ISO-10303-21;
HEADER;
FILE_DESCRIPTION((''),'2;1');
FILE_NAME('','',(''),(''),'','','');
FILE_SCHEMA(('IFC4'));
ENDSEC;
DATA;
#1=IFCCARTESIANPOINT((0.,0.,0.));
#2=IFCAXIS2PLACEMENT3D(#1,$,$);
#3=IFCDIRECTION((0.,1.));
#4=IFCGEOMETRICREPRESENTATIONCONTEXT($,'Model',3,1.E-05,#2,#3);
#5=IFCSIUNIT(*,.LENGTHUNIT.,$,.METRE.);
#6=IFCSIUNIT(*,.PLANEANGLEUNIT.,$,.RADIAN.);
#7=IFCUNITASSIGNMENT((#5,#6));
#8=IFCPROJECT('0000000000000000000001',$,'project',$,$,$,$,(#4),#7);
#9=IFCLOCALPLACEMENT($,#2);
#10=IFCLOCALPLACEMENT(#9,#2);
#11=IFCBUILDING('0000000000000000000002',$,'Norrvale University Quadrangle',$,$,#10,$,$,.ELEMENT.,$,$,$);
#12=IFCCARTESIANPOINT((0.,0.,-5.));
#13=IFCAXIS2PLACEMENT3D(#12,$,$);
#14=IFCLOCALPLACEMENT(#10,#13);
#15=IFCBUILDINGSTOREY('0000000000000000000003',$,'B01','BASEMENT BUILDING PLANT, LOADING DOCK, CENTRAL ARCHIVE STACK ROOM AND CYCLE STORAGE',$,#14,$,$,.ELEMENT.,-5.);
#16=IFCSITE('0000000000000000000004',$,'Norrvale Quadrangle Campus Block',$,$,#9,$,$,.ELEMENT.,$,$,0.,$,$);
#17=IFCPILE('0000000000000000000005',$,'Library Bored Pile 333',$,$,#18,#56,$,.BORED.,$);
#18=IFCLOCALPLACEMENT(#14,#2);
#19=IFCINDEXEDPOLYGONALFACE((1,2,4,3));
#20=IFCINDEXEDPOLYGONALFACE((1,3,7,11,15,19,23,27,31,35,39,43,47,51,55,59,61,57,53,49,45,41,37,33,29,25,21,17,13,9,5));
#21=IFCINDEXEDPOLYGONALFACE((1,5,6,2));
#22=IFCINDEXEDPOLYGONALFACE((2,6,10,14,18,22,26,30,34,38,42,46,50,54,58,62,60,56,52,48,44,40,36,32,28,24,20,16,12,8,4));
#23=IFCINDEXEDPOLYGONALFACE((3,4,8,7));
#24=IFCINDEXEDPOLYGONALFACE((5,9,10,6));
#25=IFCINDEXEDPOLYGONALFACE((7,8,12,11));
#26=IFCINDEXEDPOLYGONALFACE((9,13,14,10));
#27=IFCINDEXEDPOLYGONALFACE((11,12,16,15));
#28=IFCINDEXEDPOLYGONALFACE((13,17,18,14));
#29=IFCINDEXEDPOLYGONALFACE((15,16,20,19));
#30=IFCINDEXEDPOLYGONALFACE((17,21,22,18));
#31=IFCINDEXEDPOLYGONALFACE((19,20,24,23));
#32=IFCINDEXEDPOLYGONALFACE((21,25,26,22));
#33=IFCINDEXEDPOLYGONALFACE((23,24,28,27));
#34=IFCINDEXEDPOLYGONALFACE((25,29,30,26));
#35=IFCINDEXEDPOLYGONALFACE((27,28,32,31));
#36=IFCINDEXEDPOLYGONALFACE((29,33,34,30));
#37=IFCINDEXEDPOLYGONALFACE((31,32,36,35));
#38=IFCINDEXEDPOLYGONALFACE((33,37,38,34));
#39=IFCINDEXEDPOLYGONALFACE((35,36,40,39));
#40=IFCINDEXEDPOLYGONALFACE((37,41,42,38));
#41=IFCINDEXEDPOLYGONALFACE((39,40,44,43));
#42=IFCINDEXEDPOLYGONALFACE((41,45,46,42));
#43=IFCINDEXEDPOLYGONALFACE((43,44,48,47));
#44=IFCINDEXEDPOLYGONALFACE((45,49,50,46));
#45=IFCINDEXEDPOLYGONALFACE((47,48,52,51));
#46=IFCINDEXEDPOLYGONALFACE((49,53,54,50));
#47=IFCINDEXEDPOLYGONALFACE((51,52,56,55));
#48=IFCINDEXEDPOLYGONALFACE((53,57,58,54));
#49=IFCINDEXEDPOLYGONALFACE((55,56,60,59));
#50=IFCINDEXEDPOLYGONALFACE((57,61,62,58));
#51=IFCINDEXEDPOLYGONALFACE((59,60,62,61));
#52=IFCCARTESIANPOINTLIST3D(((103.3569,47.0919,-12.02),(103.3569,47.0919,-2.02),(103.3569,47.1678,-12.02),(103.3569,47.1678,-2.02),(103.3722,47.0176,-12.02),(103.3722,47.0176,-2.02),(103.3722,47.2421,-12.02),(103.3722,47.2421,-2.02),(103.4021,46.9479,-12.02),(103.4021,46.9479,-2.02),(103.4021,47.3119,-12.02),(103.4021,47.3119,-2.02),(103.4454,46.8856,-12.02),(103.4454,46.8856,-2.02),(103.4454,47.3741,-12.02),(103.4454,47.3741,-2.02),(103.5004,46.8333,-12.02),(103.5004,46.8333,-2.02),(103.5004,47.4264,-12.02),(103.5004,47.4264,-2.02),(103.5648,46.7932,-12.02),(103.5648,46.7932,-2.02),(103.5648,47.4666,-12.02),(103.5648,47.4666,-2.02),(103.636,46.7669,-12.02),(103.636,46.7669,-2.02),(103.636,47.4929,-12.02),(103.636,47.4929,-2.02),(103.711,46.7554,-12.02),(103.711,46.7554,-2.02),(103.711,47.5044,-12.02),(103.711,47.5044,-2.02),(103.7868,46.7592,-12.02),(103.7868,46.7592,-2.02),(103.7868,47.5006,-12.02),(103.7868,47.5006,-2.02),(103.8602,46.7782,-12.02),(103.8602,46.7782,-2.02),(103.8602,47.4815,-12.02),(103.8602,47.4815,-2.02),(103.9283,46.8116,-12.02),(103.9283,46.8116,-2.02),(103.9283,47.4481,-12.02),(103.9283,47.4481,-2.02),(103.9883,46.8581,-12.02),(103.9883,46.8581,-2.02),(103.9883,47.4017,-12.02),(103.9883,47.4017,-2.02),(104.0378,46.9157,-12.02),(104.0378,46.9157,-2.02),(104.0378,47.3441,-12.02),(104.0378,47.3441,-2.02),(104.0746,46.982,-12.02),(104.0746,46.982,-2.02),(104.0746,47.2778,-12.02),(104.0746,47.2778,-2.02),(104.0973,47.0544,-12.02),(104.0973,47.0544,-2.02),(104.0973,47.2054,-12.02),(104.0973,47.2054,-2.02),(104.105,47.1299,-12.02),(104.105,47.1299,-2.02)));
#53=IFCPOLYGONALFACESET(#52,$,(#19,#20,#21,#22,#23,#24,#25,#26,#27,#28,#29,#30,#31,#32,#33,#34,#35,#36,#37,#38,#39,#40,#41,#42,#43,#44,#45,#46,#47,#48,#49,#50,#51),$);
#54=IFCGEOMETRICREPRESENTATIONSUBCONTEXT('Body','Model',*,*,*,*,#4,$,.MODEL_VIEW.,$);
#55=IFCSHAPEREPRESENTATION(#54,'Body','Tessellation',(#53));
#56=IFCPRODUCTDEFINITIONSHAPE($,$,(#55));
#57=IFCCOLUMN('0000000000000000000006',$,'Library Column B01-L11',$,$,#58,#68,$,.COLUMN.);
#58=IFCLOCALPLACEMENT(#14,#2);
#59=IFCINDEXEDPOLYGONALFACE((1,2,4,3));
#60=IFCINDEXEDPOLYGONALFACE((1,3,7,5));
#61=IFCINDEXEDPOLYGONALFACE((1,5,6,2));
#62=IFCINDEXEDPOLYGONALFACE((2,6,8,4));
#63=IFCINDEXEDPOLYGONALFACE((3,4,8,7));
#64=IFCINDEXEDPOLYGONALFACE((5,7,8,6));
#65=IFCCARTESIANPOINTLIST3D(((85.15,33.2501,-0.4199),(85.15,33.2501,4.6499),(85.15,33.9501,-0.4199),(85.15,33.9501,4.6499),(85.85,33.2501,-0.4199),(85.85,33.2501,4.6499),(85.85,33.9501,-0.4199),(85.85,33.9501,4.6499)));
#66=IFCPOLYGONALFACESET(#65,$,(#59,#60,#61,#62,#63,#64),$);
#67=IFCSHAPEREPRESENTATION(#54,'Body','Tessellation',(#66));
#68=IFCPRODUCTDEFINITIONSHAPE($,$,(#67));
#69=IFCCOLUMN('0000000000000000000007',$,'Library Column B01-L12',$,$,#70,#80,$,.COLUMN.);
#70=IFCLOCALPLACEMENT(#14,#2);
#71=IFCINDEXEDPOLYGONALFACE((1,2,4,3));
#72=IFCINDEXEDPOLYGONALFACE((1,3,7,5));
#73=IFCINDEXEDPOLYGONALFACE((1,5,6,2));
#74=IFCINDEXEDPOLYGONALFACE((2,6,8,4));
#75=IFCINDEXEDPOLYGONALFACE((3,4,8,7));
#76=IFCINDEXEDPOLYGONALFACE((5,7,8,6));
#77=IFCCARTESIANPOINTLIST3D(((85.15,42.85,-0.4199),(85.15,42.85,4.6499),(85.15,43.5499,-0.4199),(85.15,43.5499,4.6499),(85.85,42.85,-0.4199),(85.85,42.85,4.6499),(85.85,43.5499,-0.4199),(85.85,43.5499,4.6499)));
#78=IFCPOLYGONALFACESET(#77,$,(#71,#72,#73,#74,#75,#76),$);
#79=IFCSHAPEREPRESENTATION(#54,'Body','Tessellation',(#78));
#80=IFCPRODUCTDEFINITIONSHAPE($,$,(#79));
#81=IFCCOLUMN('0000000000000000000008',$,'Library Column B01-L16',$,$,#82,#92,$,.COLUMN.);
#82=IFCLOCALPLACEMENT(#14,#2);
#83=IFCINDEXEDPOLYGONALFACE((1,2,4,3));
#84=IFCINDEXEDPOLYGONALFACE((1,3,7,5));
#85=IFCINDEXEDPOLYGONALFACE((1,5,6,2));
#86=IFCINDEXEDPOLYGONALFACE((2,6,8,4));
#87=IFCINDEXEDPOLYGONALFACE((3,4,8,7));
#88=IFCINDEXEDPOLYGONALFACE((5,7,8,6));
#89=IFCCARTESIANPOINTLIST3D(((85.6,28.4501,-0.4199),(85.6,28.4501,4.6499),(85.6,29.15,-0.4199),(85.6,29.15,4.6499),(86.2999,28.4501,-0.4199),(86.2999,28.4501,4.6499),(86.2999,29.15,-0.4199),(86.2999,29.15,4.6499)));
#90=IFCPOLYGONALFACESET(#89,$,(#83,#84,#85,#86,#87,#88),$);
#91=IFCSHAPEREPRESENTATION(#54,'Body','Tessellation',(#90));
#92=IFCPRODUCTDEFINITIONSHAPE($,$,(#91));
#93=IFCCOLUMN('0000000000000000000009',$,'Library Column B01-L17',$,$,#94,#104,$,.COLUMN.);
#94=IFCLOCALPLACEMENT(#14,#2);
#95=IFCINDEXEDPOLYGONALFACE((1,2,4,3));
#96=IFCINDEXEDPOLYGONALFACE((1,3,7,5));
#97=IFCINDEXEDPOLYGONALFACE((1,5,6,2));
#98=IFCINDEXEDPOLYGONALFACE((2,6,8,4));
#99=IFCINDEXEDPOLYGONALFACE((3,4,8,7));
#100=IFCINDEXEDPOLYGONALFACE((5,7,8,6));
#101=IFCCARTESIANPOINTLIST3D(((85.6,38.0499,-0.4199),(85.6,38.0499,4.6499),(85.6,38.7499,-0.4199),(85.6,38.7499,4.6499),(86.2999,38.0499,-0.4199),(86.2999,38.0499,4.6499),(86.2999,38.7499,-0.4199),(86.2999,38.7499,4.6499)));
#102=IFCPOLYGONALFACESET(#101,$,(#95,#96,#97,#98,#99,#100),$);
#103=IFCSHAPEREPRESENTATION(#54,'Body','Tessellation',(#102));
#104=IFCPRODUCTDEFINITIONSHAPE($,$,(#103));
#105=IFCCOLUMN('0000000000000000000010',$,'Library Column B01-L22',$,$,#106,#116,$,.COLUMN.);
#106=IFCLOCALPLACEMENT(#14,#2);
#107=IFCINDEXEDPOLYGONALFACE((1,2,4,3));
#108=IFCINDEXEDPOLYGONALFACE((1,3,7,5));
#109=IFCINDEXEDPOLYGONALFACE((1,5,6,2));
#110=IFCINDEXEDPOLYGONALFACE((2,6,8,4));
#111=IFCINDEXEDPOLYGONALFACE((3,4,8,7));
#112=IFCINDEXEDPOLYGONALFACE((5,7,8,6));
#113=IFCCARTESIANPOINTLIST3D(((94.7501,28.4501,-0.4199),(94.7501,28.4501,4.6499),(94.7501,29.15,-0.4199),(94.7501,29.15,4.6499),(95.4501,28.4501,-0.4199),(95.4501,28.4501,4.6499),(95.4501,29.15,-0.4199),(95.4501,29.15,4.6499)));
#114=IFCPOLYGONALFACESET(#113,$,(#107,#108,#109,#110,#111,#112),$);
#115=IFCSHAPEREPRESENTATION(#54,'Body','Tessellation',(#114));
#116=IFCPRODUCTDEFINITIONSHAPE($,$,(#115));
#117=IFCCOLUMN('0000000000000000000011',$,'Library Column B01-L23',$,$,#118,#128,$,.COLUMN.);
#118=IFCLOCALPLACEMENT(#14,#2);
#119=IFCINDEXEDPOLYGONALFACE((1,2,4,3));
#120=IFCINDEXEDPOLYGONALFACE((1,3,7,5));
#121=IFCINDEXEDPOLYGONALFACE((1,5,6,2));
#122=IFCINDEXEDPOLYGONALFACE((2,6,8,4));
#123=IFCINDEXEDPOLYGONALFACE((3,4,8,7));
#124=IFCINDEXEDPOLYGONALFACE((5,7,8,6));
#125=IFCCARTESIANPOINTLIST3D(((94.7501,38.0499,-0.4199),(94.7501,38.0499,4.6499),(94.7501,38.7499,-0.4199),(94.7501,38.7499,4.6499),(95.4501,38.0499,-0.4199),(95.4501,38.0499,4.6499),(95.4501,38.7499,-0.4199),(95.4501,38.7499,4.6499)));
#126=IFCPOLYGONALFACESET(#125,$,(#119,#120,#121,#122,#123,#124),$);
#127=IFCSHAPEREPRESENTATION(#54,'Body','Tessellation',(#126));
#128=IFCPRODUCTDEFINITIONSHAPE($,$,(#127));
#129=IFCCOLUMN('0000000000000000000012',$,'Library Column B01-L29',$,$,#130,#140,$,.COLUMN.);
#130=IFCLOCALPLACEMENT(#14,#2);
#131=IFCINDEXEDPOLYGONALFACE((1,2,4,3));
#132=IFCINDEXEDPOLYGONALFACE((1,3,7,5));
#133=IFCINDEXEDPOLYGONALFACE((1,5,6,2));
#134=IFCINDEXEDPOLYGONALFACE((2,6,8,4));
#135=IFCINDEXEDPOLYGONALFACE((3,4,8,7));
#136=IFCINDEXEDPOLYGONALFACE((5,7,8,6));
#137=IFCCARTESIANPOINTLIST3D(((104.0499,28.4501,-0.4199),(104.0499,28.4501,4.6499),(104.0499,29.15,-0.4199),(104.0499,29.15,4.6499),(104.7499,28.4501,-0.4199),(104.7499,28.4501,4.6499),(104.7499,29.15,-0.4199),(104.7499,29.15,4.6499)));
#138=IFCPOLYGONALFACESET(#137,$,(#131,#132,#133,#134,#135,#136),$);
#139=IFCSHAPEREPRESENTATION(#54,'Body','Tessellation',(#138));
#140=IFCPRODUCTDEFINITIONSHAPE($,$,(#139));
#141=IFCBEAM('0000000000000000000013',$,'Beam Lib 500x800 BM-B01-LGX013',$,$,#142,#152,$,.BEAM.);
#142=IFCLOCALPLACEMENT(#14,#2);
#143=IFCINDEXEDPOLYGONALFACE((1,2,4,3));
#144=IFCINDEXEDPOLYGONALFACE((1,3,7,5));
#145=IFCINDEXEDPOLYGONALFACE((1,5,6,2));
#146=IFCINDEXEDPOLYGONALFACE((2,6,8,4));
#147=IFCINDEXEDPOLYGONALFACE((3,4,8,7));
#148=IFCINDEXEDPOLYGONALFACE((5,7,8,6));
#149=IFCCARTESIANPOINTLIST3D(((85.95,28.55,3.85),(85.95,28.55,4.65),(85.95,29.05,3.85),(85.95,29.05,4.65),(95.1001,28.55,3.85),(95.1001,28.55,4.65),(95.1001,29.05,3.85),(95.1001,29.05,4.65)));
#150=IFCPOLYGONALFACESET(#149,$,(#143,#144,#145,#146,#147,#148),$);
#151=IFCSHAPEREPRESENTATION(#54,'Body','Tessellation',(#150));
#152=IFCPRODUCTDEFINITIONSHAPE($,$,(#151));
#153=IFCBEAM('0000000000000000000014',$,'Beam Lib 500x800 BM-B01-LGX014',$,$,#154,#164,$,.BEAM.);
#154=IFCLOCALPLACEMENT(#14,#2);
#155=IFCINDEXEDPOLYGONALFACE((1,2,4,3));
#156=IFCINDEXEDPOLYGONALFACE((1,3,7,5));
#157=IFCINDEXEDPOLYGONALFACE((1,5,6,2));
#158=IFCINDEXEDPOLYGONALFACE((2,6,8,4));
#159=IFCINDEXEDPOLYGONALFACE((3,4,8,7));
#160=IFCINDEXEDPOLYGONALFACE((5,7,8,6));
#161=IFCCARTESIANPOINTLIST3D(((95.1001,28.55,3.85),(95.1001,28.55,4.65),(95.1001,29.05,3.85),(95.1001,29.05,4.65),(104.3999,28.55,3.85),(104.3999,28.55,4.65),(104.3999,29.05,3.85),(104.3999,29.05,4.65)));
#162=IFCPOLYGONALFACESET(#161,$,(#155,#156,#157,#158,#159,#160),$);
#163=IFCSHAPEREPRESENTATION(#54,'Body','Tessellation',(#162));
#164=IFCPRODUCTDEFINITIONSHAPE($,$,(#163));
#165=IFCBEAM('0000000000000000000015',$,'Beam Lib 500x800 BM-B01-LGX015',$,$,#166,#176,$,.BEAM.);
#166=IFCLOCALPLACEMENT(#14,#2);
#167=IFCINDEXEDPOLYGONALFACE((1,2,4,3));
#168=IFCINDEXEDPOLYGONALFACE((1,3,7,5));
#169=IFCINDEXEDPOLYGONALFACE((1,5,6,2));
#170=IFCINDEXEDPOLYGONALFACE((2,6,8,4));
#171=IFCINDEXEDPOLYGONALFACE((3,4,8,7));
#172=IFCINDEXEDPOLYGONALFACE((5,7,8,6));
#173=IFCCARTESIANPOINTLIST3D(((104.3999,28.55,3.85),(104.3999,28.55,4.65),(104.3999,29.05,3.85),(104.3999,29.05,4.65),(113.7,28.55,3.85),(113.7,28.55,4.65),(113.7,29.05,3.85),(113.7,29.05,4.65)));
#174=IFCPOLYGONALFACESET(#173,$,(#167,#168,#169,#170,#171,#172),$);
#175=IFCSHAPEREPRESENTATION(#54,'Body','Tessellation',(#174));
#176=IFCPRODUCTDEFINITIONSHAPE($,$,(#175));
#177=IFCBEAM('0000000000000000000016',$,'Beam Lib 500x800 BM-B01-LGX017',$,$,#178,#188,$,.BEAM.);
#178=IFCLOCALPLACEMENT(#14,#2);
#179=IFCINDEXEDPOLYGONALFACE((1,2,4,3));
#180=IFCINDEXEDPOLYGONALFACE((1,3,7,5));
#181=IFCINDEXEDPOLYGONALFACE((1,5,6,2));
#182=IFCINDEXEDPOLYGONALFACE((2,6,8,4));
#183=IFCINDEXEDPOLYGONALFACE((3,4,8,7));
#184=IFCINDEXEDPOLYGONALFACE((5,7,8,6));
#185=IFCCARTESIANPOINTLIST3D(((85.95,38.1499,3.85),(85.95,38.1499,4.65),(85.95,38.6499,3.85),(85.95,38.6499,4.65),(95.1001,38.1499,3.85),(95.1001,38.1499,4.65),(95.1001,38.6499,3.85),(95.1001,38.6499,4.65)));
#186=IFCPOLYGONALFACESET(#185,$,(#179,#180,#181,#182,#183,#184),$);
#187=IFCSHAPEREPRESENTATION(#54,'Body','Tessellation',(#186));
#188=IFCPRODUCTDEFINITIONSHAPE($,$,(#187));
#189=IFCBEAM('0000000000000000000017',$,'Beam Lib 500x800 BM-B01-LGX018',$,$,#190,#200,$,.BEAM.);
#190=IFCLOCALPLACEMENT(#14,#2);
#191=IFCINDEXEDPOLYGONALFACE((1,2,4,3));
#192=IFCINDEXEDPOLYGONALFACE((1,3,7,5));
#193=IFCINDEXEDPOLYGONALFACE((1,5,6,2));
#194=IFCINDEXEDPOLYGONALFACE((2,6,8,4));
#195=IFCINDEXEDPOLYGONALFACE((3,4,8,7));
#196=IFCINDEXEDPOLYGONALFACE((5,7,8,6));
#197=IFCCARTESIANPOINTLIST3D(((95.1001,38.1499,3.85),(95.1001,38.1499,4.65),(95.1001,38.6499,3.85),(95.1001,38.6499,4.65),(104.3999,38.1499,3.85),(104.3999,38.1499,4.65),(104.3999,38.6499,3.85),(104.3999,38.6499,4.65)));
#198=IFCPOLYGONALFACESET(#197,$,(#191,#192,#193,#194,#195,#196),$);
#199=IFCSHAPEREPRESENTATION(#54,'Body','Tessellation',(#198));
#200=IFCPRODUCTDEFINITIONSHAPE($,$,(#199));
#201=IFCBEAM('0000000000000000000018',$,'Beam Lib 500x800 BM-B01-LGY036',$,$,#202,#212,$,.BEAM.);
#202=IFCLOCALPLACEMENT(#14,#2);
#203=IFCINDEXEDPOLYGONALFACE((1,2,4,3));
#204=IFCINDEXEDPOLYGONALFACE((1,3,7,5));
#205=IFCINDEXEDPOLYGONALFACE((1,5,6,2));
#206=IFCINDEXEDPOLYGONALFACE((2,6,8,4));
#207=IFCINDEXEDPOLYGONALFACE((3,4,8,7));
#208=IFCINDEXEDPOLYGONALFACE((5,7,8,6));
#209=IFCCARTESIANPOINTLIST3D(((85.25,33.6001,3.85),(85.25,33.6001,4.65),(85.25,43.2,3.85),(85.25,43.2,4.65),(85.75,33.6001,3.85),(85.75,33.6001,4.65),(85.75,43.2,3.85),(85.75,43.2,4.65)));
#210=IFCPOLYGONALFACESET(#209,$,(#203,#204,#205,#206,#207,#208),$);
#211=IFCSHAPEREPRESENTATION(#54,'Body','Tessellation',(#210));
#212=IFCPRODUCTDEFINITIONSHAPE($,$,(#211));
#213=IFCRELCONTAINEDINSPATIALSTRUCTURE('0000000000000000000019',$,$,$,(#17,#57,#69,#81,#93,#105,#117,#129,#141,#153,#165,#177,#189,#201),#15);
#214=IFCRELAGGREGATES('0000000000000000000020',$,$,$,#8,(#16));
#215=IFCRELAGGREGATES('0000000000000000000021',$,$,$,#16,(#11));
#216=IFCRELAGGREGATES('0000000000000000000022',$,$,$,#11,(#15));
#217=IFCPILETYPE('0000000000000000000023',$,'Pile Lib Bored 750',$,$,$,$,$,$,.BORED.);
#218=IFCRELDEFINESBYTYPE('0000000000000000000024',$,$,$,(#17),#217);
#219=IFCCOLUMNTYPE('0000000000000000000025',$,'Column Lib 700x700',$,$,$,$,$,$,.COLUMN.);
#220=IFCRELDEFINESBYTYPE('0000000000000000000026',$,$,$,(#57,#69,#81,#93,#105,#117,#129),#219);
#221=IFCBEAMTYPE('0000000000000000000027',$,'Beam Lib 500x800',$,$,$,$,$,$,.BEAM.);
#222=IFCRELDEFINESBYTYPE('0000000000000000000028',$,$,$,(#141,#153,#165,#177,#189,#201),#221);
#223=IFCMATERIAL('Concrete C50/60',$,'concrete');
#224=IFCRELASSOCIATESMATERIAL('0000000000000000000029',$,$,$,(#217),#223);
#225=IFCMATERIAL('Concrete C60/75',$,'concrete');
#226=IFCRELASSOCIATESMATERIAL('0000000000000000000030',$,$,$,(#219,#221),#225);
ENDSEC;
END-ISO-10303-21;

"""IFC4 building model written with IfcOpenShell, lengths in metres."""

from ifc_helpers import new_model, si_unit, direction, frame, origin, origin_2d, place, context, subcontext, project, spatial, rectangle, circle, extrude, material, material_profile, profile_set, type_object, element, save


model = new_model("IFC4")

# Units and contexts
model_context = context("Model", 3, precision=1e-05, world=origin(), true_north=direction((0.0, 1.0)))
body_context = subcontext(model_context, "Body", "Model", "MODEL_VIEW")
ifc_project = project(units=[si_unit("LENGTHUNIT", "METRE"), si_unit("PLANEANGLEUNIT", "RADIAN")], contexts=[model_context])

# Site, building, storey
site_placement = place(None, origin())
site = spatial("IfcSite", under=ifc_project, at=site_placement, Name="Norrvale Quadrangle Campus Block", CompositionType="ELEMENT", RefElevation=0.0)
building_placement = place(site_placement, origin())
building = spatial("IfcBuilding", under=site, at=building_placement, Name="Norrvale University Quadrangle", CompositionType="ELEMENT")
storey_placement = place(building_placement, frame((0.0, 0.0, -5.0)))
storey = spatial("IfcBuildingStorey", under=building, at=storey_placement, Name="B01", Description="BASEMENT BUILDING PLANT, LOADING DOCK, CENTRAL ARCHIVE STACK ROOM AND CYCLE STORAGE", CompositionType="ELEMENT", Elevation=-5.0)

# Shared definitions
ifc_material_1 = material(Name="Concrete C50/60", Category="concrete")

# Pile
ifc_material_profile_1 = material_profile(ifc_material_1, circle(Radius=0.375, at=origin_2d()), Name="Concrete C50/60")
ifc_profile_set_1 = profile_set([ifc_material_profile_1], Name="Concrete C50/60")
pile_type = type_object("IfcPileType", Name="Pile Lib Bored 750", PredefinedType="BORED", material=ifc_profile_set_1)
for number, where, z_axis, x_axis, name in (
    (1, (103.73, 47.1299, -2.02), (0.0, 0.0, -1.0), (1.0, 0.0, 0.0), "Library Bored Pile 333"),
):
    element("IfcPile", number, at=place(storey_placement, frame(where, z_axis=z_axis, x_axis=x_axis)), inside=storey, type_object=pile_type, Name=name, PredefinedType="BORED", context=body_context, shape_type="SweptSolid", body=[
        extrude(circle(Radius=0.375, at=origin_2d()), origin(), (0.0, 0.0, 1.0), 10.0),
    ])

# Columns
ifc_material_2 = material(Name="Concrete C60/75", Category="concrete")
ifc_material_profile_2 = material_profile(ifc_material_2, rectangle(XDim=0.7, YDim=0.7, at=origin_2d()), Name="Concrete C60/75")
ifc_profile_set_2 = profile_set([ifc_material_profile_2], Name="Concrete C60/75")
column_type = type_object("IfcColumnType", Name="Column Lib 700x700", PredefinedType="COLUMN", material=ifc_profile_set_2)
for number, where, z_axis, x_axis, name in (
    (2, (85.5, 33.6001, -0.4199), (0.0, 0.0, 1.0), (1.0, 0.0, 0.0), "Library Column B01-L11"),
    (3, (85.5, 43.2, -0.4199), (0.0, 0.0, 1.0), (1.0, 0.0, 0.0), "Library Column B01-L12"),
    (4, (85.95, 28.8, -0.4199), (0.0, 0.0, 1.0), (1.0, 0.0, 0.0), "Library Column B01-L16"),
    (5, (85.95, 38.3999, -0.4199), (0.0, 0.0, 1.0), (1.0, 0.0, 0.0), "Library Column B01-L17"),
    (6, (95.1001, 28.8, -0.4199), (0.0, 0.0, 1.0), (1.0, 0.0, 0.0), "Library Column B01-L22"),
    (7, (95.1001, 38.3999, -0.4199), (0.0, 0.0, 1.0), (1.0, 0.0, 0.0), "Library Column B01-L23"),
    (8, (104.3999, 28.8, -0.4199), (0.0, 0.0, 1.0), (1.0, 0.0, 0.0), "Library Column B01-L29"),
):
    element("IfcColumn", number, at=place(storey_placement, frame(where, z_axis=z_axis, x_axis=x_axis)), inside=storey, type_object=column_type, Name=name, PredefinedType="COLUMN", context=body_context, shape_type="SweptSolid", body=[
        extrude(rectangle(XDim=0.7, YDim=0.7, at=origin_2d()), origin(), (0.0, 0.0, 1.0), 5.0698),
    ])

# Beams
ifc_material_profile_3 = material_profile(ifc_material_2, rectangle(XDim=0.5, YDim=0.8, at=origin_2d()), Name="Concrete C60/75")
ifc_profile_set_3 = profile_set([ifc_material_profile_3], Name="Concrete C60/75")
beam_type = type_object("IfcBeamType", Name="Beam Lib 500x800", PredefinedType="BEAM", material=ifc_profile_set_3)
beam_1_placement = place(storey_placement, frame((85.95, 28.8, 4.25), z_axis=(1.0, 0.0, 0.0), x_axis=(0.0, 1.0, 0.0)))
element("IfcBeam", 9, at=beam_1_placement, inside=storey, type_object=beam_type, Name="Beam Lib 500x800 BM-B01-LGX013", PredefinedType="BEAM", context=body_context, shape_type="SweptSolid", body=[
    extrude(rectangle(XDim=0.5, YDim=0.8, at=origin_2d()), origin(), (0.0, 0.0, 1.0), 9.1501),
])
beam_2_placement = place(storey_placement, frame((95.1001, 28.8, 4.25), z_axis=(1.0, 0.0, 0.0), x_axis=(0.0, 1.0, 0.0)))
element("IfcBeam", 10, at=beam_2_placement, inside=storey, type_object=beam_type, Name="Beam Lib 500x800 BM-B01-LGX014", PredefinedType="BEAM", context=body_context, shape_type="SweptSolid", body=[
    extrude(rectangle(XDim=0.5, YDim=0.8, at=origin_2d()), origin(), (0.0, 0.0, 1.0), 9.2998),
])
beam_3_placement = place(storey_placement, frame((104.3999, 28.8, 4.25), z_axis=(1.0, 0.0, 0.0), x_axis=(0.0, 1.0, 0.0)))
element("IfcBeam", 11, at=beam_3_placement, inside=storey, type_object=beam_type, Name="Beam Lib 500x800 BM-B01-LGX015", PredefinedType="BEAM", context=body_context, shape_type="SweptSolid", body=[
    extrude(rectangle(XDim=0.5, YDim=0.8, at=origin_2d()), origin(), (0.0, 0.0, 1.0), 9.3),
])
beam_4_placement = place(storey_placement, frame((85.95, 38.3999, 4.25), z_axis=(1.0, 0.0, 0.0), x_axis=(0.0, 1.0, 0.0)))
element("IfcBeam", 12, at=beam_4_placement, inside=storey, type_object=beam_type, Name="Beam Lib 500x800 BM-B01-LGX017", PredefinedType="BEAM", context=body_context, shape_type="SweptSolid", body=[
    extrude(rectangle(XDim=0.5, YDim=0.8, at=origin_2d()), origin(), (0.0, 0.0, 1.0), 9.1501),
])
beam_5_placement = place(storey_placement, frame((95.1001, 38.3999, 4.25), z_axis=(1.0, 0.0, 0.0), x_axis=(0.0, 1.0, 0.0)))
element("IfcBeam", 13, at=beam_5_placement, inside=storey, type_object=beam_type, Name="Beam Lib 500x800 BM-B01-LGX018", PredefinedType="BEAM", context=body_context, shape_type="SweptSolid", body=[
    extrude(rectangle(XDim=0.5, YDim=0.8, at=origin_2d()), origin(), (0.0, 0.0, 1.0), 9.2998),
])
beam_6_placement = place(storey_placement, frame((85.5, 33.6001, 4.25), z_axis=(0.0, 1.0, 0.0), x_axis=(-1.0, 0.0, 0.0)))
element("IfcBeam", 14, at=beam_6_placement, inside=storey, type_object=beam_type, Name="Beam Lib 500x800 BM-B01-LGY036", PredefinedType="BEAM", context=body_context, shape_type="SweptSolid", body=[
    extrude(rectangle(XDim=0.5, YDim=0.8, at=origin_2d()), origin(), (0.0, 0.0, 1.0), 9.5999),
])

save(model, "model.ifc")
